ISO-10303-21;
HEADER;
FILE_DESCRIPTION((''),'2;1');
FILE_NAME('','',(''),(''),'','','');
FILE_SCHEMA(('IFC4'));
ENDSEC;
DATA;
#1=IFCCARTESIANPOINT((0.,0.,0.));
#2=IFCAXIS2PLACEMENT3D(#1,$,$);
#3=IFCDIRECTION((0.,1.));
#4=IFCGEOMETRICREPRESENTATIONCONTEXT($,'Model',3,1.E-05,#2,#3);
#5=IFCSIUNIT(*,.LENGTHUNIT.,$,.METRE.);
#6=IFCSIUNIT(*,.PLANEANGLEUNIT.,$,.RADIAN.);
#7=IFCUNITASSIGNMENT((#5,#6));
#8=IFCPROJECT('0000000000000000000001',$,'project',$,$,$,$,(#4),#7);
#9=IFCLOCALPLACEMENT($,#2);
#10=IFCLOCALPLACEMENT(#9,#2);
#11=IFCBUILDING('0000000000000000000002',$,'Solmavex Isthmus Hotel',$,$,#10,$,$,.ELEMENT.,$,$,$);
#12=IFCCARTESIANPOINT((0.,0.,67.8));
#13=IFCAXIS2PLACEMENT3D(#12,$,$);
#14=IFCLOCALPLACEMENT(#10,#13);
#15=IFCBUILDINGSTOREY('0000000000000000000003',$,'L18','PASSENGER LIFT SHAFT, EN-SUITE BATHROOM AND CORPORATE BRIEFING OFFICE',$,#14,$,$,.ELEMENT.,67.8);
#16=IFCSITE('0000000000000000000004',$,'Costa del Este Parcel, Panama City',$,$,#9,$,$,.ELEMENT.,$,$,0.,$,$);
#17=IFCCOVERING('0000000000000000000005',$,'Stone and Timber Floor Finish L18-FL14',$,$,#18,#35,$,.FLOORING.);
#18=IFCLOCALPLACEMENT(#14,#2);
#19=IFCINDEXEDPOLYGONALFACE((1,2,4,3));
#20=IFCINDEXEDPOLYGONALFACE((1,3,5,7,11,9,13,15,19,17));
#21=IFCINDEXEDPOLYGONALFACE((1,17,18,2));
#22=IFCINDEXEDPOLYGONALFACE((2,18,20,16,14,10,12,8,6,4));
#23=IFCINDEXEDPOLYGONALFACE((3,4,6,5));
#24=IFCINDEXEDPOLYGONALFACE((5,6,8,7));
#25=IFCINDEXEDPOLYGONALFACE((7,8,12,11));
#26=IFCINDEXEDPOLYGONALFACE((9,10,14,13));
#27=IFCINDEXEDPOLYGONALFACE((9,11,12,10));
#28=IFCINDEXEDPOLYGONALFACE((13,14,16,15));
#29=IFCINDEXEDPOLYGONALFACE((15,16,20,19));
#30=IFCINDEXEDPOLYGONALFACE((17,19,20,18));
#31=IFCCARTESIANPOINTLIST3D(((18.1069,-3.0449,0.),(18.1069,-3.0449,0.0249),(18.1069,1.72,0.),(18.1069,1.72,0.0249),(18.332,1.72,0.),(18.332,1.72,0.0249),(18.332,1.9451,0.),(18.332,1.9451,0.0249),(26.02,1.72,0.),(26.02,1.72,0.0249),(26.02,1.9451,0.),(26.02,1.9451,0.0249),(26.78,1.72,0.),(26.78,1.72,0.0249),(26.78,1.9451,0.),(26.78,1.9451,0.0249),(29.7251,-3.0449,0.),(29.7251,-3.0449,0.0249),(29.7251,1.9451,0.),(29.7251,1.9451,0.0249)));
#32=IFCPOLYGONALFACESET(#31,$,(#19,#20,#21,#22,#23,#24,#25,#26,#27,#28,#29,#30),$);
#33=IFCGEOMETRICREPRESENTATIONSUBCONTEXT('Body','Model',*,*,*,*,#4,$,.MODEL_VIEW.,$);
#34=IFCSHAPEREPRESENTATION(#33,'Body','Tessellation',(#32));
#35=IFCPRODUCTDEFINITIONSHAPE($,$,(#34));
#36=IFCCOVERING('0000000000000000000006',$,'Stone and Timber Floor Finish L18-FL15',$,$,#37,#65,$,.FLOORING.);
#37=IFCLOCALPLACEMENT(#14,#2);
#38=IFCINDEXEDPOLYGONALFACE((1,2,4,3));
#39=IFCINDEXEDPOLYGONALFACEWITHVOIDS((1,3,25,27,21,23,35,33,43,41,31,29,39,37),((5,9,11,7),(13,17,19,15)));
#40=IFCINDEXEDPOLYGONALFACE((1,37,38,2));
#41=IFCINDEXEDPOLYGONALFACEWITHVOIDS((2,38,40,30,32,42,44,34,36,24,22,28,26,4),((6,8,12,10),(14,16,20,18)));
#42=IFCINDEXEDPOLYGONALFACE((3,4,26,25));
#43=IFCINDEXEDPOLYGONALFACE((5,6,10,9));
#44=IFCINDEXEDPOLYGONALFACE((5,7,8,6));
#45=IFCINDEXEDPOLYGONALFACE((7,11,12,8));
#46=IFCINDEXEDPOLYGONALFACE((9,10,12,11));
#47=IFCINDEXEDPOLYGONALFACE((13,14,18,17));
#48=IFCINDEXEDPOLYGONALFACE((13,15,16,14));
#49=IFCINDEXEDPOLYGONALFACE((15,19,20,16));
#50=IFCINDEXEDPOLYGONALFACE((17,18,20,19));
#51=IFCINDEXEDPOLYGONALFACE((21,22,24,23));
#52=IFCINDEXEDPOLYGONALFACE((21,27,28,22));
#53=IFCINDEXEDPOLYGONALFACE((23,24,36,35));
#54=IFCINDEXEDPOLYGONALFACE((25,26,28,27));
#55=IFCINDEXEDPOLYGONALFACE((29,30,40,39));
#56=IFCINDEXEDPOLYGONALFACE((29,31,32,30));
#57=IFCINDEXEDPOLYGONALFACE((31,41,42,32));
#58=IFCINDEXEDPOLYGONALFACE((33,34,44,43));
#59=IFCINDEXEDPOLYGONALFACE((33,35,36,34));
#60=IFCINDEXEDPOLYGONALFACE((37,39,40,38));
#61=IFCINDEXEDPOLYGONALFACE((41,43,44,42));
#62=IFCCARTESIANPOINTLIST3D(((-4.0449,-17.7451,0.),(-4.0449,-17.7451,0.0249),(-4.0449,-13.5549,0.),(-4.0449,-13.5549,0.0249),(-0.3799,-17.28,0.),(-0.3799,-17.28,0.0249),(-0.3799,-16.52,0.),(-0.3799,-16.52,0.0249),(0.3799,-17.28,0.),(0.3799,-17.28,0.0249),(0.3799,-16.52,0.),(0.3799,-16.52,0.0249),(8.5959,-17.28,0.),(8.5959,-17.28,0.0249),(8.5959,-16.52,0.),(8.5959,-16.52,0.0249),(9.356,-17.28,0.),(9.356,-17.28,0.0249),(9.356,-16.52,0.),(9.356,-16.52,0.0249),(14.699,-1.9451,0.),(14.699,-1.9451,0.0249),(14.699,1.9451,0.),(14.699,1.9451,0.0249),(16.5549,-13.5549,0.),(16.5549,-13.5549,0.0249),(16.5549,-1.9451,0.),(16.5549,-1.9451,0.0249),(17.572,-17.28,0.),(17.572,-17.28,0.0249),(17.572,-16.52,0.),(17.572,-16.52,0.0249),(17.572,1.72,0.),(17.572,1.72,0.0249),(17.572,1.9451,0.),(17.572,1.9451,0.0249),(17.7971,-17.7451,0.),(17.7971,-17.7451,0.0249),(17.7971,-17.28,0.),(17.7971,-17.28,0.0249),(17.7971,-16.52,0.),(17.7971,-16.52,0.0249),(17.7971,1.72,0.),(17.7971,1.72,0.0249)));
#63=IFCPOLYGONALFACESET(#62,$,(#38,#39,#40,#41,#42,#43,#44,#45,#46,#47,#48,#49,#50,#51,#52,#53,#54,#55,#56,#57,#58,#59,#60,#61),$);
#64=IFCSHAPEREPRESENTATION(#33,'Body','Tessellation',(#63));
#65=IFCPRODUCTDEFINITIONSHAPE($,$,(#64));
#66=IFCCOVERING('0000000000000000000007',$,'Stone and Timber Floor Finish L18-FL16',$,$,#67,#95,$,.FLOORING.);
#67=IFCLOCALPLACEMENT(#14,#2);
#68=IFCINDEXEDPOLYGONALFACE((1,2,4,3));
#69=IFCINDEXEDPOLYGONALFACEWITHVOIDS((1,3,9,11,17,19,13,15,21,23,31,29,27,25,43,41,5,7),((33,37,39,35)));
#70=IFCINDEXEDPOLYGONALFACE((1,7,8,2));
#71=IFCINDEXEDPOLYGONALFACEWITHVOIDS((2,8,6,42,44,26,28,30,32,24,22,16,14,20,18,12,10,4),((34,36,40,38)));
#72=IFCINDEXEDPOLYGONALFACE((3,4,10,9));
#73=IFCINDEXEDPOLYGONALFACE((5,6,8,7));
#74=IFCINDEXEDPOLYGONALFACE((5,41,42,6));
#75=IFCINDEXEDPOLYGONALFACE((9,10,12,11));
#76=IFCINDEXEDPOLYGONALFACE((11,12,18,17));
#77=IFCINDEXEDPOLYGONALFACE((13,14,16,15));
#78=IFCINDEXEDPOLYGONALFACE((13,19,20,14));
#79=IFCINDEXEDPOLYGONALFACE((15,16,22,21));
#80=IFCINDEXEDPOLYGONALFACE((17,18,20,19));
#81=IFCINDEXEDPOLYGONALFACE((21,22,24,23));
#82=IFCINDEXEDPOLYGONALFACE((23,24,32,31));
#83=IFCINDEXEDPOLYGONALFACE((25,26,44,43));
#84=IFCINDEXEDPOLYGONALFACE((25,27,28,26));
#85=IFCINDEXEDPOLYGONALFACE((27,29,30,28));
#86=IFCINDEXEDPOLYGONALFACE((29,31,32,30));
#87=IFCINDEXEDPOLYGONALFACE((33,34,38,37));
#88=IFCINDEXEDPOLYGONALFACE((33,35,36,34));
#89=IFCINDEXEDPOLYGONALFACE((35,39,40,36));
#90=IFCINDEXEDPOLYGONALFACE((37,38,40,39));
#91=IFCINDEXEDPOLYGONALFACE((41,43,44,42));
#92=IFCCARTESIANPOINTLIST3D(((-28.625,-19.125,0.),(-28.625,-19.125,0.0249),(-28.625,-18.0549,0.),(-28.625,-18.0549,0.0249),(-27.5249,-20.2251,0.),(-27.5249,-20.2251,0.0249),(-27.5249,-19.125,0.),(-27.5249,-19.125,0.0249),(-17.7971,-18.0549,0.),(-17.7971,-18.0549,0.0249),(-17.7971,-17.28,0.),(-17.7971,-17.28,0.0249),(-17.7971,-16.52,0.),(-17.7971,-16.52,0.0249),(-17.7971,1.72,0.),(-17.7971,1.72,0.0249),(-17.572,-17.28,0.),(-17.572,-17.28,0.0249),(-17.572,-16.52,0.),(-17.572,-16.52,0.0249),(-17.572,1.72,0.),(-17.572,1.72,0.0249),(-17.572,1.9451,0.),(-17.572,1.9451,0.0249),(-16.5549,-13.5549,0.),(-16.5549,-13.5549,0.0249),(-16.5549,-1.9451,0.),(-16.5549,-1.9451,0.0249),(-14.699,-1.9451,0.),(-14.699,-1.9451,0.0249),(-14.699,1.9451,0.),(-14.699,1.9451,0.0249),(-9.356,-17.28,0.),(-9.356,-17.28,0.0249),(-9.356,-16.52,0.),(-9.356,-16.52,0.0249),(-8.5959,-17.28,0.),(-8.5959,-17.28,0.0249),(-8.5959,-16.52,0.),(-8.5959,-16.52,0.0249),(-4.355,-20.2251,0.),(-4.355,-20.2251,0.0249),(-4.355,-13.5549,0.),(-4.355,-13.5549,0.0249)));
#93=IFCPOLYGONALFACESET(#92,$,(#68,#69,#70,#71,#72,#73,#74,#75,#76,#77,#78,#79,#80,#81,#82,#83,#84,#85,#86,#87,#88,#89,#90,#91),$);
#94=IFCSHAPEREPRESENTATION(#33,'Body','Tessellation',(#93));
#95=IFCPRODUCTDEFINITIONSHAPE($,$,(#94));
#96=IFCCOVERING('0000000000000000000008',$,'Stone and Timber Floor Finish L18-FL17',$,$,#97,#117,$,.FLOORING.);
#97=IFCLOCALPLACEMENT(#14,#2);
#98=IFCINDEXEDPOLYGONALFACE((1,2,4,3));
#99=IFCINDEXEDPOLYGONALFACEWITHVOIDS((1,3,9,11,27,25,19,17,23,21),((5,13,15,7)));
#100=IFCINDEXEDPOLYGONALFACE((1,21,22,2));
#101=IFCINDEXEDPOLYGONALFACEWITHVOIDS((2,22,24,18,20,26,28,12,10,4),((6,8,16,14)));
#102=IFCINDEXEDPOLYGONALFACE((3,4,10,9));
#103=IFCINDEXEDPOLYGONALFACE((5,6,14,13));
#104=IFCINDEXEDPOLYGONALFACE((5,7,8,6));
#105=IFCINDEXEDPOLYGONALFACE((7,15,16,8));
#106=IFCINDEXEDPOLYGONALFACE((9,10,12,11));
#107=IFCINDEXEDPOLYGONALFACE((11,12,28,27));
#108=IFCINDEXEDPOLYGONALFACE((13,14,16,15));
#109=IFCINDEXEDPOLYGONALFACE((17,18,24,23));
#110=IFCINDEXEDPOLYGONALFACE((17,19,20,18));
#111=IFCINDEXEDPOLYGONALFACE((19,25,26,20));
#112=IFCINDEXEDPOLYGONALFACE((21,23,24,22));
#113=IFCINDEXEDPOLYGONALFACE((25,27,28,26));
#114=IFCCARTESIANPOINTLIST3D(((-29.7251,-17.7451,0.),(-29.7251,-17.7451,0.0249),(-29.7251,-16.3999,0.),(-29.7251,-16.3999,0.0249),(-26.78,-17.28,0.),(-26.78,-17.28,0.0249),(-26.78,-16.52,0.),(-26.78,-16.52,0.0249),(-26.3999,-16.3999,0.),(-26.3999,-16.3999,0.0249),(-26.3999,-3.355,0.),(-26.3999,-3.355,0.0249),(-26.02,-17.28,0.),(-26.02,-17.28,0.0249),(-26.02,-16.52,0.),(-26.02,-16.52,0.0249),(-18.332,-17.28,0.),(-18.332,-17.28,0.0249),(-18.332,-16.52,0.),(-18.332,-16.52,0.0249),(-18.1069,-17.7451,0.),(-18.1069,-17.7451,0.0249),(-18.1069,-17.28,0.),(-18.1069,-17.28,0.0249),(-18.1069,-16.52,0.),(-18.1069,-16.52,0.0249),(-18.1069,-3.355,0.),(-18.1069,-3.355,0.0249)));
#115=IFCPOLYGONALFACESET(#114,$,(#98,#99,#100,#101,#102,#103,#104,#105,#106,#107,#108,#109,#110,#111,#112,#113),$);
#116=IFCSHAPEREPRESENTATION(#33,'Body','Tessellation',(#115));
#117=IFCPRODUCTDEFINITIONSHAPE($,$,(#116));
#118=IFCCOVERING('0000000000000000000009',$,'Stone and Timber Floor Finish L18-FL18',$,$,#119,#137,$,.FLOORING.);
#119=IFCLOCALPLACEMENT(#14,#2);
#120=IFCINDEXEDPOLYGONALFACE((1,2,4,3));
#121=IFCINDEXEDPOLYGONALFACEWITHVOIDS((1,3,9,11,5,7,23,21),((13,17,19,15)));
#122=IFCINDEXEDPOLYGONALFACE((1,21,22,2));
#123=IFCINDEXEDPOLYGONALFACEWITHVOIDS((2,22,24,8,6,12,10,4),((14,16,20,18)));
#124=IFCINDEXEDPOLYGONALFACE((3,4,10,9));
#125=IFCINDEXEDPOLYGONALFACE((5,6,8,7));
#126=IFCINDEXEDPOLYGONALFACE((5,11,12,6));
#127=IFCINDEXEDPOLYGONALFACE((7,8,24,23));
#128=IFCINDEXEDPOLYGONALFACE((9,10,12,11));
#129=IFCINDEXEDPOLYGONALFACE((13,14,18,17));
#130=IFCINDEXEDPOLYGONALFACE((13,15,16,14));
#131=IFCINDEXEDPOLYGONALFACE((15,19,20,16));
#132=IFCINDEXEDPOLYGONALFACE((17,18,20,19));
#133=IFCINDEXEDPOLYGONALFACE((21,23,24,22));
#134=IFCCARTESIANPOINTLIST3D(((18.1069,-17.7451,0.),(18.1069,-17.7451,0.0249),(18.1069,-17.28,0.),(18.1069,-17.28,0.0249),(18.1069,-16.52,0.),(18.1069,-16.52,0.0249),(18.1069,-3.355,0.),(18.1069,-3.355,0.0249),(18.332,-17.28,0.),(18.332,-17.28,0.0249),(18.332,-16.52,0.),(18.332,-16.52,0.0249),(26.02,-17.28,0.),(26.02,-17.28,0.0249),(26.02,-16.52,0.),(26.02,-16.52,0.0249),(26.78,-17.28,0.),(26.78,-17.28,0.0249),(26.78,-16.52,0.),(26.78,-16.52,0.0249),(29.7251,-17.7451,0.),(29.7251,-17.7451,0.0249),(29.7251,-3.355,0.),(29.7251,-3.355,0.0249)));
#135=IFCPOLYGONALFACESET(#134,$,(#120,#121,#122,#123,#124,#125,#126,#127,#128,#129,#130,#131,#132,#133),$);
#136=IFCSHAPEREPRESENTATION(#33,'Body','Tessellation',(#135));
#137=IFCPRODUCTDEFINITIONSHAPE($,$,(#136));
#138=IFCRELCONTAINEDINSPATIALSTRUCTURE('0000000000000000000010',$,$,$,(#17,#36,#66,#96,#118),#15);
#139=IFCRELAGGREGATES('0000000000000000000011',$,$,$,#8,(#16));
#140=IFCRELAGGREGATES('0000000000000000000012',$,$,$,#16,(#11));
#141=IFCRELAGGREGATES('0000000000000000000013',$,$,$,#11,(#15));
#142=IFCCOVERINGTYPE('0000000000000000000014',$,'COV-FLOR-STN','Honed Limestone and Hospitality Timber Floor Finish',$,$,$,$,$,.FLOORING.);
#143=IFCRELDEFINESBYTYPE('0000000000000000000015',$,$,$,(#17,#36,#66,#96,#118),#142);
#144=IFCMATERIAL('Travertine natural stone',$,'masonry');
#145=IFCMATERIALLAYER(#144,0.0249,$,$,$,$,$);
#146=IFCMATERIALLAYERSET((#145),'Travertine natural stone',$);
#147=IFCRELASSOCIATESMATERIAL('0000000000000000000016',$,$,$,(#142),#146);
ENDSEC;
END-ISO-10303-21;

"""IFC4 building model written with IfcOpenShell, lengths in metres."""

from ifc_helpers import new_model, si_unit, direction, frame, origin, place, context, subcontext, project, spatial, polyline, outline, extrude, material, layer, layer_set, type_object, element, save


model = new_model("IFC4")

# Units and contexts
model_context = context("Model", 3, precision=1e-05, world=origin(), true_north=direction((0.0, 1.0)))
body_context = subcontext(model_context, "Body", "Model", "MODEL_VIEW")
ifc_project = project(units=[si_unit("LENGTHUNIT", "METRE"), si_unit("PLANEANGLEUNIT", "RADIAN")], contexts=[model_context])

# Site, building, storey
site_placement = place(None, origin())
site = spatial("IfcSite", under=ifc_project, at=site_placement, Name="Costa del Este Parcel, Panama City", CompositionType="ELEMENT", RefElevation=0.0)
building_placement = place(site_placement, origin())
building = spatial("IfcBuilding", under=site, at=building_placement, Name="Solmavex Isthmus Hotel", CompositionType="ELEMENT")
storey_placement = place(building_placement, frame((0.0, 0.0, 67.8)))
storey = spatial("IfcBuildingStorey", under=building, at=storey_placement, Name="L18", Description="PASSENGER LIFT SHAFT, EN-SUITE BATHROOM AND CORPORATE BRIEFING OFFICE", CompositionType="ELEMENT", Elevation=67.8)

# Coverings
ifc_material_1 = material(Name="Travertine natural stone", Category="masonry")
ifc_layer_1 = layer(ifc_material_1, 0.0249)
ifc_layer_set_1 = layer_set([ifc_layer_1], Name="Travertine natural stone")
covering_type_1 = type_object("IfcCoveringType", Name="COV-FLOR-STN", Description="Honed Limestone and Hospitality Timber Floor Finish", PredefinedType="FLOORING", material=ifc_layer_set_1)
covering_1_placement = place(storey_placement, origin())
element("IfcCovering", 1, at=covering_1_placement, inside=storey, type_object=covering_type_1, Name="Stone and Timber Floor Finish L18-FL14", PredefinedType="FLOORING", context=body_context, shape_type="SweptSolid", body=[
    extrude(outline(polyline([(26.78, 1.9451), (26.78, 1.72), (26.02, 1.72), (26.02, 1.9451), (18.332, 1.9451), (18.332, 1.72), (18.1069, 1.72), (18.1069, -3.0449), (29.7251, -3.0449), (29.7251, 1.9451), (26.78, 1.9451)])), origin(), (0.0, 0.0, 1.0), 0.0249),
])
covering_2_placement = place(storey_placement, origin())
element("IfcCovering", 2, at=covering_2_placement, inside=storey, type_object=covering_type_1, Name="Stone and Timber Floor Finish L18-FL15", PredefinedType="FLOORING", context=body_context, shape_type="SweptSolid", body=[
    extrude(outline(polyline([(17.7971, 1.72), (17.572, 1.72), (17.572, 1.9451), (14.699, 1.9451), (14.699, -1.9451), (16.5549, -1.9451), (16.5549, -13.5549), (-4.0449, -13.5549), (-4.0449, -17.7451), (17.7971, -17.7451), (17.7971, -17.28), (17.572, -17.28), (17.572, -16.52), (17.7971, -16.52), (17.7971, 1.72)]), holes=[polyline([(8.5959, -17.28), (8.5959, -16.52), (9.356, -16.52), (9.356, -17.28), (8.5959, -17.28)]), polyline([(-0.3799, -17.28), (-0.3799, -16.52), (0.3799, -16.52), (0.3799, -17.28), (-0.3799, -17.28)])]), origin(), (0.0, 0.0, 1.0), 0.0249),
])
covering_3_placement = place(storey_placement, origin())
element("IfcCovering", 3, at=covering_3_placement, inside=storey, type_object=covering_type_1, Name="Stone and Timber Floor Finish L18-FL16", PredefinedType="FLOORING", context=body_context, shape_type="SweptSolid", body=[
    extrude(outline(polyline([(-28.625, -18.0549), (-28.625, -19.125), (-27.5249, -19.125), (-27.5249, -20.2251), (-4.355, -20.2251), (-4.355, -13.5549), (-16.5549, -13.5549), (-16.5549, -1.9451), (-14.699, -1.9451), (-14.699, 1.9451), (-17.572, 1.9451), (-17.572, 1.72), (-17.7971, 1.72), (-17.7971, -16.52), (-17.572, -16.52), (-17.572, -17.28), (-17.7971, -17.28), (-17.7971, -18.0549), (-28.625, -18.0549)]), holes=[polyline([(-9.356, -17.28), (-9.356, -16.52), (-8.5959, -16.52), (-8.5959, -17.28), (-9.356, -17.28)])]), origin(), (0.0, 0.0, 1.0), 0.0249),
])
covering_4_placement = place(storey_placement, origin())
element("IfcCovering", 4, at=covering_4_placement, inside=storey, type_object=covering_type_1, Name="Stone and Timber Floor Finish L18-FL17", PredefinedType="FLOORING", context=body_context, shape_type="SweptSolid", body=[
    extrude(outline(polyline([(-18.1069, -17.28), (-18.332, -17.28), (-18.332, -16.52), (-18.1069, -16.52), (-18.1069, -3.355), (-26.3999, -3.355), (-26.3999, -16.3999), (-29.7251, -16.3999), (-29.7251, -17.7451), (-18.1069, -17.7451), (-18.1069, -17.28)]), holes=[polyline([(-26.78, -17.28), (-26.78, -16.52), (-26.02, -16.52), (-26.02, -17.28), (-26.78, -17.28)])]), origin(), (0.0, 0.0, 1.0), 0.0249),
])
covering_5_placement = place(storey_placement, origin())
element("IfcCovering", 5, at=covering_5_placement, inside=storey, type_object=covering_type_1, Name="Stone and Timber Floor Finish L18-FL18", PredefinedType="FLOORING", context=body_context, shape_type="SweptSolid", body=[
    extrude(outline(polyline([(18.1069, -16.52), (18.332, -16.52), (18.332, -17.28), (18.1069, -17.28), (18.1069, -17.7451), (29.7251, -17.7451), (29.7251, -3.355), (18.1069, -3.355), (18.1069, -16.52)]), holes=[polyline([(26.02, -17.28), (26.02, -16.52), (26.78, -16.52), (26.78, -17.28), (26.02, -17.28)])]), origin(), (0.0, 0.0, 1.0), 0.0249),
])

save(model, "model.ifc")
